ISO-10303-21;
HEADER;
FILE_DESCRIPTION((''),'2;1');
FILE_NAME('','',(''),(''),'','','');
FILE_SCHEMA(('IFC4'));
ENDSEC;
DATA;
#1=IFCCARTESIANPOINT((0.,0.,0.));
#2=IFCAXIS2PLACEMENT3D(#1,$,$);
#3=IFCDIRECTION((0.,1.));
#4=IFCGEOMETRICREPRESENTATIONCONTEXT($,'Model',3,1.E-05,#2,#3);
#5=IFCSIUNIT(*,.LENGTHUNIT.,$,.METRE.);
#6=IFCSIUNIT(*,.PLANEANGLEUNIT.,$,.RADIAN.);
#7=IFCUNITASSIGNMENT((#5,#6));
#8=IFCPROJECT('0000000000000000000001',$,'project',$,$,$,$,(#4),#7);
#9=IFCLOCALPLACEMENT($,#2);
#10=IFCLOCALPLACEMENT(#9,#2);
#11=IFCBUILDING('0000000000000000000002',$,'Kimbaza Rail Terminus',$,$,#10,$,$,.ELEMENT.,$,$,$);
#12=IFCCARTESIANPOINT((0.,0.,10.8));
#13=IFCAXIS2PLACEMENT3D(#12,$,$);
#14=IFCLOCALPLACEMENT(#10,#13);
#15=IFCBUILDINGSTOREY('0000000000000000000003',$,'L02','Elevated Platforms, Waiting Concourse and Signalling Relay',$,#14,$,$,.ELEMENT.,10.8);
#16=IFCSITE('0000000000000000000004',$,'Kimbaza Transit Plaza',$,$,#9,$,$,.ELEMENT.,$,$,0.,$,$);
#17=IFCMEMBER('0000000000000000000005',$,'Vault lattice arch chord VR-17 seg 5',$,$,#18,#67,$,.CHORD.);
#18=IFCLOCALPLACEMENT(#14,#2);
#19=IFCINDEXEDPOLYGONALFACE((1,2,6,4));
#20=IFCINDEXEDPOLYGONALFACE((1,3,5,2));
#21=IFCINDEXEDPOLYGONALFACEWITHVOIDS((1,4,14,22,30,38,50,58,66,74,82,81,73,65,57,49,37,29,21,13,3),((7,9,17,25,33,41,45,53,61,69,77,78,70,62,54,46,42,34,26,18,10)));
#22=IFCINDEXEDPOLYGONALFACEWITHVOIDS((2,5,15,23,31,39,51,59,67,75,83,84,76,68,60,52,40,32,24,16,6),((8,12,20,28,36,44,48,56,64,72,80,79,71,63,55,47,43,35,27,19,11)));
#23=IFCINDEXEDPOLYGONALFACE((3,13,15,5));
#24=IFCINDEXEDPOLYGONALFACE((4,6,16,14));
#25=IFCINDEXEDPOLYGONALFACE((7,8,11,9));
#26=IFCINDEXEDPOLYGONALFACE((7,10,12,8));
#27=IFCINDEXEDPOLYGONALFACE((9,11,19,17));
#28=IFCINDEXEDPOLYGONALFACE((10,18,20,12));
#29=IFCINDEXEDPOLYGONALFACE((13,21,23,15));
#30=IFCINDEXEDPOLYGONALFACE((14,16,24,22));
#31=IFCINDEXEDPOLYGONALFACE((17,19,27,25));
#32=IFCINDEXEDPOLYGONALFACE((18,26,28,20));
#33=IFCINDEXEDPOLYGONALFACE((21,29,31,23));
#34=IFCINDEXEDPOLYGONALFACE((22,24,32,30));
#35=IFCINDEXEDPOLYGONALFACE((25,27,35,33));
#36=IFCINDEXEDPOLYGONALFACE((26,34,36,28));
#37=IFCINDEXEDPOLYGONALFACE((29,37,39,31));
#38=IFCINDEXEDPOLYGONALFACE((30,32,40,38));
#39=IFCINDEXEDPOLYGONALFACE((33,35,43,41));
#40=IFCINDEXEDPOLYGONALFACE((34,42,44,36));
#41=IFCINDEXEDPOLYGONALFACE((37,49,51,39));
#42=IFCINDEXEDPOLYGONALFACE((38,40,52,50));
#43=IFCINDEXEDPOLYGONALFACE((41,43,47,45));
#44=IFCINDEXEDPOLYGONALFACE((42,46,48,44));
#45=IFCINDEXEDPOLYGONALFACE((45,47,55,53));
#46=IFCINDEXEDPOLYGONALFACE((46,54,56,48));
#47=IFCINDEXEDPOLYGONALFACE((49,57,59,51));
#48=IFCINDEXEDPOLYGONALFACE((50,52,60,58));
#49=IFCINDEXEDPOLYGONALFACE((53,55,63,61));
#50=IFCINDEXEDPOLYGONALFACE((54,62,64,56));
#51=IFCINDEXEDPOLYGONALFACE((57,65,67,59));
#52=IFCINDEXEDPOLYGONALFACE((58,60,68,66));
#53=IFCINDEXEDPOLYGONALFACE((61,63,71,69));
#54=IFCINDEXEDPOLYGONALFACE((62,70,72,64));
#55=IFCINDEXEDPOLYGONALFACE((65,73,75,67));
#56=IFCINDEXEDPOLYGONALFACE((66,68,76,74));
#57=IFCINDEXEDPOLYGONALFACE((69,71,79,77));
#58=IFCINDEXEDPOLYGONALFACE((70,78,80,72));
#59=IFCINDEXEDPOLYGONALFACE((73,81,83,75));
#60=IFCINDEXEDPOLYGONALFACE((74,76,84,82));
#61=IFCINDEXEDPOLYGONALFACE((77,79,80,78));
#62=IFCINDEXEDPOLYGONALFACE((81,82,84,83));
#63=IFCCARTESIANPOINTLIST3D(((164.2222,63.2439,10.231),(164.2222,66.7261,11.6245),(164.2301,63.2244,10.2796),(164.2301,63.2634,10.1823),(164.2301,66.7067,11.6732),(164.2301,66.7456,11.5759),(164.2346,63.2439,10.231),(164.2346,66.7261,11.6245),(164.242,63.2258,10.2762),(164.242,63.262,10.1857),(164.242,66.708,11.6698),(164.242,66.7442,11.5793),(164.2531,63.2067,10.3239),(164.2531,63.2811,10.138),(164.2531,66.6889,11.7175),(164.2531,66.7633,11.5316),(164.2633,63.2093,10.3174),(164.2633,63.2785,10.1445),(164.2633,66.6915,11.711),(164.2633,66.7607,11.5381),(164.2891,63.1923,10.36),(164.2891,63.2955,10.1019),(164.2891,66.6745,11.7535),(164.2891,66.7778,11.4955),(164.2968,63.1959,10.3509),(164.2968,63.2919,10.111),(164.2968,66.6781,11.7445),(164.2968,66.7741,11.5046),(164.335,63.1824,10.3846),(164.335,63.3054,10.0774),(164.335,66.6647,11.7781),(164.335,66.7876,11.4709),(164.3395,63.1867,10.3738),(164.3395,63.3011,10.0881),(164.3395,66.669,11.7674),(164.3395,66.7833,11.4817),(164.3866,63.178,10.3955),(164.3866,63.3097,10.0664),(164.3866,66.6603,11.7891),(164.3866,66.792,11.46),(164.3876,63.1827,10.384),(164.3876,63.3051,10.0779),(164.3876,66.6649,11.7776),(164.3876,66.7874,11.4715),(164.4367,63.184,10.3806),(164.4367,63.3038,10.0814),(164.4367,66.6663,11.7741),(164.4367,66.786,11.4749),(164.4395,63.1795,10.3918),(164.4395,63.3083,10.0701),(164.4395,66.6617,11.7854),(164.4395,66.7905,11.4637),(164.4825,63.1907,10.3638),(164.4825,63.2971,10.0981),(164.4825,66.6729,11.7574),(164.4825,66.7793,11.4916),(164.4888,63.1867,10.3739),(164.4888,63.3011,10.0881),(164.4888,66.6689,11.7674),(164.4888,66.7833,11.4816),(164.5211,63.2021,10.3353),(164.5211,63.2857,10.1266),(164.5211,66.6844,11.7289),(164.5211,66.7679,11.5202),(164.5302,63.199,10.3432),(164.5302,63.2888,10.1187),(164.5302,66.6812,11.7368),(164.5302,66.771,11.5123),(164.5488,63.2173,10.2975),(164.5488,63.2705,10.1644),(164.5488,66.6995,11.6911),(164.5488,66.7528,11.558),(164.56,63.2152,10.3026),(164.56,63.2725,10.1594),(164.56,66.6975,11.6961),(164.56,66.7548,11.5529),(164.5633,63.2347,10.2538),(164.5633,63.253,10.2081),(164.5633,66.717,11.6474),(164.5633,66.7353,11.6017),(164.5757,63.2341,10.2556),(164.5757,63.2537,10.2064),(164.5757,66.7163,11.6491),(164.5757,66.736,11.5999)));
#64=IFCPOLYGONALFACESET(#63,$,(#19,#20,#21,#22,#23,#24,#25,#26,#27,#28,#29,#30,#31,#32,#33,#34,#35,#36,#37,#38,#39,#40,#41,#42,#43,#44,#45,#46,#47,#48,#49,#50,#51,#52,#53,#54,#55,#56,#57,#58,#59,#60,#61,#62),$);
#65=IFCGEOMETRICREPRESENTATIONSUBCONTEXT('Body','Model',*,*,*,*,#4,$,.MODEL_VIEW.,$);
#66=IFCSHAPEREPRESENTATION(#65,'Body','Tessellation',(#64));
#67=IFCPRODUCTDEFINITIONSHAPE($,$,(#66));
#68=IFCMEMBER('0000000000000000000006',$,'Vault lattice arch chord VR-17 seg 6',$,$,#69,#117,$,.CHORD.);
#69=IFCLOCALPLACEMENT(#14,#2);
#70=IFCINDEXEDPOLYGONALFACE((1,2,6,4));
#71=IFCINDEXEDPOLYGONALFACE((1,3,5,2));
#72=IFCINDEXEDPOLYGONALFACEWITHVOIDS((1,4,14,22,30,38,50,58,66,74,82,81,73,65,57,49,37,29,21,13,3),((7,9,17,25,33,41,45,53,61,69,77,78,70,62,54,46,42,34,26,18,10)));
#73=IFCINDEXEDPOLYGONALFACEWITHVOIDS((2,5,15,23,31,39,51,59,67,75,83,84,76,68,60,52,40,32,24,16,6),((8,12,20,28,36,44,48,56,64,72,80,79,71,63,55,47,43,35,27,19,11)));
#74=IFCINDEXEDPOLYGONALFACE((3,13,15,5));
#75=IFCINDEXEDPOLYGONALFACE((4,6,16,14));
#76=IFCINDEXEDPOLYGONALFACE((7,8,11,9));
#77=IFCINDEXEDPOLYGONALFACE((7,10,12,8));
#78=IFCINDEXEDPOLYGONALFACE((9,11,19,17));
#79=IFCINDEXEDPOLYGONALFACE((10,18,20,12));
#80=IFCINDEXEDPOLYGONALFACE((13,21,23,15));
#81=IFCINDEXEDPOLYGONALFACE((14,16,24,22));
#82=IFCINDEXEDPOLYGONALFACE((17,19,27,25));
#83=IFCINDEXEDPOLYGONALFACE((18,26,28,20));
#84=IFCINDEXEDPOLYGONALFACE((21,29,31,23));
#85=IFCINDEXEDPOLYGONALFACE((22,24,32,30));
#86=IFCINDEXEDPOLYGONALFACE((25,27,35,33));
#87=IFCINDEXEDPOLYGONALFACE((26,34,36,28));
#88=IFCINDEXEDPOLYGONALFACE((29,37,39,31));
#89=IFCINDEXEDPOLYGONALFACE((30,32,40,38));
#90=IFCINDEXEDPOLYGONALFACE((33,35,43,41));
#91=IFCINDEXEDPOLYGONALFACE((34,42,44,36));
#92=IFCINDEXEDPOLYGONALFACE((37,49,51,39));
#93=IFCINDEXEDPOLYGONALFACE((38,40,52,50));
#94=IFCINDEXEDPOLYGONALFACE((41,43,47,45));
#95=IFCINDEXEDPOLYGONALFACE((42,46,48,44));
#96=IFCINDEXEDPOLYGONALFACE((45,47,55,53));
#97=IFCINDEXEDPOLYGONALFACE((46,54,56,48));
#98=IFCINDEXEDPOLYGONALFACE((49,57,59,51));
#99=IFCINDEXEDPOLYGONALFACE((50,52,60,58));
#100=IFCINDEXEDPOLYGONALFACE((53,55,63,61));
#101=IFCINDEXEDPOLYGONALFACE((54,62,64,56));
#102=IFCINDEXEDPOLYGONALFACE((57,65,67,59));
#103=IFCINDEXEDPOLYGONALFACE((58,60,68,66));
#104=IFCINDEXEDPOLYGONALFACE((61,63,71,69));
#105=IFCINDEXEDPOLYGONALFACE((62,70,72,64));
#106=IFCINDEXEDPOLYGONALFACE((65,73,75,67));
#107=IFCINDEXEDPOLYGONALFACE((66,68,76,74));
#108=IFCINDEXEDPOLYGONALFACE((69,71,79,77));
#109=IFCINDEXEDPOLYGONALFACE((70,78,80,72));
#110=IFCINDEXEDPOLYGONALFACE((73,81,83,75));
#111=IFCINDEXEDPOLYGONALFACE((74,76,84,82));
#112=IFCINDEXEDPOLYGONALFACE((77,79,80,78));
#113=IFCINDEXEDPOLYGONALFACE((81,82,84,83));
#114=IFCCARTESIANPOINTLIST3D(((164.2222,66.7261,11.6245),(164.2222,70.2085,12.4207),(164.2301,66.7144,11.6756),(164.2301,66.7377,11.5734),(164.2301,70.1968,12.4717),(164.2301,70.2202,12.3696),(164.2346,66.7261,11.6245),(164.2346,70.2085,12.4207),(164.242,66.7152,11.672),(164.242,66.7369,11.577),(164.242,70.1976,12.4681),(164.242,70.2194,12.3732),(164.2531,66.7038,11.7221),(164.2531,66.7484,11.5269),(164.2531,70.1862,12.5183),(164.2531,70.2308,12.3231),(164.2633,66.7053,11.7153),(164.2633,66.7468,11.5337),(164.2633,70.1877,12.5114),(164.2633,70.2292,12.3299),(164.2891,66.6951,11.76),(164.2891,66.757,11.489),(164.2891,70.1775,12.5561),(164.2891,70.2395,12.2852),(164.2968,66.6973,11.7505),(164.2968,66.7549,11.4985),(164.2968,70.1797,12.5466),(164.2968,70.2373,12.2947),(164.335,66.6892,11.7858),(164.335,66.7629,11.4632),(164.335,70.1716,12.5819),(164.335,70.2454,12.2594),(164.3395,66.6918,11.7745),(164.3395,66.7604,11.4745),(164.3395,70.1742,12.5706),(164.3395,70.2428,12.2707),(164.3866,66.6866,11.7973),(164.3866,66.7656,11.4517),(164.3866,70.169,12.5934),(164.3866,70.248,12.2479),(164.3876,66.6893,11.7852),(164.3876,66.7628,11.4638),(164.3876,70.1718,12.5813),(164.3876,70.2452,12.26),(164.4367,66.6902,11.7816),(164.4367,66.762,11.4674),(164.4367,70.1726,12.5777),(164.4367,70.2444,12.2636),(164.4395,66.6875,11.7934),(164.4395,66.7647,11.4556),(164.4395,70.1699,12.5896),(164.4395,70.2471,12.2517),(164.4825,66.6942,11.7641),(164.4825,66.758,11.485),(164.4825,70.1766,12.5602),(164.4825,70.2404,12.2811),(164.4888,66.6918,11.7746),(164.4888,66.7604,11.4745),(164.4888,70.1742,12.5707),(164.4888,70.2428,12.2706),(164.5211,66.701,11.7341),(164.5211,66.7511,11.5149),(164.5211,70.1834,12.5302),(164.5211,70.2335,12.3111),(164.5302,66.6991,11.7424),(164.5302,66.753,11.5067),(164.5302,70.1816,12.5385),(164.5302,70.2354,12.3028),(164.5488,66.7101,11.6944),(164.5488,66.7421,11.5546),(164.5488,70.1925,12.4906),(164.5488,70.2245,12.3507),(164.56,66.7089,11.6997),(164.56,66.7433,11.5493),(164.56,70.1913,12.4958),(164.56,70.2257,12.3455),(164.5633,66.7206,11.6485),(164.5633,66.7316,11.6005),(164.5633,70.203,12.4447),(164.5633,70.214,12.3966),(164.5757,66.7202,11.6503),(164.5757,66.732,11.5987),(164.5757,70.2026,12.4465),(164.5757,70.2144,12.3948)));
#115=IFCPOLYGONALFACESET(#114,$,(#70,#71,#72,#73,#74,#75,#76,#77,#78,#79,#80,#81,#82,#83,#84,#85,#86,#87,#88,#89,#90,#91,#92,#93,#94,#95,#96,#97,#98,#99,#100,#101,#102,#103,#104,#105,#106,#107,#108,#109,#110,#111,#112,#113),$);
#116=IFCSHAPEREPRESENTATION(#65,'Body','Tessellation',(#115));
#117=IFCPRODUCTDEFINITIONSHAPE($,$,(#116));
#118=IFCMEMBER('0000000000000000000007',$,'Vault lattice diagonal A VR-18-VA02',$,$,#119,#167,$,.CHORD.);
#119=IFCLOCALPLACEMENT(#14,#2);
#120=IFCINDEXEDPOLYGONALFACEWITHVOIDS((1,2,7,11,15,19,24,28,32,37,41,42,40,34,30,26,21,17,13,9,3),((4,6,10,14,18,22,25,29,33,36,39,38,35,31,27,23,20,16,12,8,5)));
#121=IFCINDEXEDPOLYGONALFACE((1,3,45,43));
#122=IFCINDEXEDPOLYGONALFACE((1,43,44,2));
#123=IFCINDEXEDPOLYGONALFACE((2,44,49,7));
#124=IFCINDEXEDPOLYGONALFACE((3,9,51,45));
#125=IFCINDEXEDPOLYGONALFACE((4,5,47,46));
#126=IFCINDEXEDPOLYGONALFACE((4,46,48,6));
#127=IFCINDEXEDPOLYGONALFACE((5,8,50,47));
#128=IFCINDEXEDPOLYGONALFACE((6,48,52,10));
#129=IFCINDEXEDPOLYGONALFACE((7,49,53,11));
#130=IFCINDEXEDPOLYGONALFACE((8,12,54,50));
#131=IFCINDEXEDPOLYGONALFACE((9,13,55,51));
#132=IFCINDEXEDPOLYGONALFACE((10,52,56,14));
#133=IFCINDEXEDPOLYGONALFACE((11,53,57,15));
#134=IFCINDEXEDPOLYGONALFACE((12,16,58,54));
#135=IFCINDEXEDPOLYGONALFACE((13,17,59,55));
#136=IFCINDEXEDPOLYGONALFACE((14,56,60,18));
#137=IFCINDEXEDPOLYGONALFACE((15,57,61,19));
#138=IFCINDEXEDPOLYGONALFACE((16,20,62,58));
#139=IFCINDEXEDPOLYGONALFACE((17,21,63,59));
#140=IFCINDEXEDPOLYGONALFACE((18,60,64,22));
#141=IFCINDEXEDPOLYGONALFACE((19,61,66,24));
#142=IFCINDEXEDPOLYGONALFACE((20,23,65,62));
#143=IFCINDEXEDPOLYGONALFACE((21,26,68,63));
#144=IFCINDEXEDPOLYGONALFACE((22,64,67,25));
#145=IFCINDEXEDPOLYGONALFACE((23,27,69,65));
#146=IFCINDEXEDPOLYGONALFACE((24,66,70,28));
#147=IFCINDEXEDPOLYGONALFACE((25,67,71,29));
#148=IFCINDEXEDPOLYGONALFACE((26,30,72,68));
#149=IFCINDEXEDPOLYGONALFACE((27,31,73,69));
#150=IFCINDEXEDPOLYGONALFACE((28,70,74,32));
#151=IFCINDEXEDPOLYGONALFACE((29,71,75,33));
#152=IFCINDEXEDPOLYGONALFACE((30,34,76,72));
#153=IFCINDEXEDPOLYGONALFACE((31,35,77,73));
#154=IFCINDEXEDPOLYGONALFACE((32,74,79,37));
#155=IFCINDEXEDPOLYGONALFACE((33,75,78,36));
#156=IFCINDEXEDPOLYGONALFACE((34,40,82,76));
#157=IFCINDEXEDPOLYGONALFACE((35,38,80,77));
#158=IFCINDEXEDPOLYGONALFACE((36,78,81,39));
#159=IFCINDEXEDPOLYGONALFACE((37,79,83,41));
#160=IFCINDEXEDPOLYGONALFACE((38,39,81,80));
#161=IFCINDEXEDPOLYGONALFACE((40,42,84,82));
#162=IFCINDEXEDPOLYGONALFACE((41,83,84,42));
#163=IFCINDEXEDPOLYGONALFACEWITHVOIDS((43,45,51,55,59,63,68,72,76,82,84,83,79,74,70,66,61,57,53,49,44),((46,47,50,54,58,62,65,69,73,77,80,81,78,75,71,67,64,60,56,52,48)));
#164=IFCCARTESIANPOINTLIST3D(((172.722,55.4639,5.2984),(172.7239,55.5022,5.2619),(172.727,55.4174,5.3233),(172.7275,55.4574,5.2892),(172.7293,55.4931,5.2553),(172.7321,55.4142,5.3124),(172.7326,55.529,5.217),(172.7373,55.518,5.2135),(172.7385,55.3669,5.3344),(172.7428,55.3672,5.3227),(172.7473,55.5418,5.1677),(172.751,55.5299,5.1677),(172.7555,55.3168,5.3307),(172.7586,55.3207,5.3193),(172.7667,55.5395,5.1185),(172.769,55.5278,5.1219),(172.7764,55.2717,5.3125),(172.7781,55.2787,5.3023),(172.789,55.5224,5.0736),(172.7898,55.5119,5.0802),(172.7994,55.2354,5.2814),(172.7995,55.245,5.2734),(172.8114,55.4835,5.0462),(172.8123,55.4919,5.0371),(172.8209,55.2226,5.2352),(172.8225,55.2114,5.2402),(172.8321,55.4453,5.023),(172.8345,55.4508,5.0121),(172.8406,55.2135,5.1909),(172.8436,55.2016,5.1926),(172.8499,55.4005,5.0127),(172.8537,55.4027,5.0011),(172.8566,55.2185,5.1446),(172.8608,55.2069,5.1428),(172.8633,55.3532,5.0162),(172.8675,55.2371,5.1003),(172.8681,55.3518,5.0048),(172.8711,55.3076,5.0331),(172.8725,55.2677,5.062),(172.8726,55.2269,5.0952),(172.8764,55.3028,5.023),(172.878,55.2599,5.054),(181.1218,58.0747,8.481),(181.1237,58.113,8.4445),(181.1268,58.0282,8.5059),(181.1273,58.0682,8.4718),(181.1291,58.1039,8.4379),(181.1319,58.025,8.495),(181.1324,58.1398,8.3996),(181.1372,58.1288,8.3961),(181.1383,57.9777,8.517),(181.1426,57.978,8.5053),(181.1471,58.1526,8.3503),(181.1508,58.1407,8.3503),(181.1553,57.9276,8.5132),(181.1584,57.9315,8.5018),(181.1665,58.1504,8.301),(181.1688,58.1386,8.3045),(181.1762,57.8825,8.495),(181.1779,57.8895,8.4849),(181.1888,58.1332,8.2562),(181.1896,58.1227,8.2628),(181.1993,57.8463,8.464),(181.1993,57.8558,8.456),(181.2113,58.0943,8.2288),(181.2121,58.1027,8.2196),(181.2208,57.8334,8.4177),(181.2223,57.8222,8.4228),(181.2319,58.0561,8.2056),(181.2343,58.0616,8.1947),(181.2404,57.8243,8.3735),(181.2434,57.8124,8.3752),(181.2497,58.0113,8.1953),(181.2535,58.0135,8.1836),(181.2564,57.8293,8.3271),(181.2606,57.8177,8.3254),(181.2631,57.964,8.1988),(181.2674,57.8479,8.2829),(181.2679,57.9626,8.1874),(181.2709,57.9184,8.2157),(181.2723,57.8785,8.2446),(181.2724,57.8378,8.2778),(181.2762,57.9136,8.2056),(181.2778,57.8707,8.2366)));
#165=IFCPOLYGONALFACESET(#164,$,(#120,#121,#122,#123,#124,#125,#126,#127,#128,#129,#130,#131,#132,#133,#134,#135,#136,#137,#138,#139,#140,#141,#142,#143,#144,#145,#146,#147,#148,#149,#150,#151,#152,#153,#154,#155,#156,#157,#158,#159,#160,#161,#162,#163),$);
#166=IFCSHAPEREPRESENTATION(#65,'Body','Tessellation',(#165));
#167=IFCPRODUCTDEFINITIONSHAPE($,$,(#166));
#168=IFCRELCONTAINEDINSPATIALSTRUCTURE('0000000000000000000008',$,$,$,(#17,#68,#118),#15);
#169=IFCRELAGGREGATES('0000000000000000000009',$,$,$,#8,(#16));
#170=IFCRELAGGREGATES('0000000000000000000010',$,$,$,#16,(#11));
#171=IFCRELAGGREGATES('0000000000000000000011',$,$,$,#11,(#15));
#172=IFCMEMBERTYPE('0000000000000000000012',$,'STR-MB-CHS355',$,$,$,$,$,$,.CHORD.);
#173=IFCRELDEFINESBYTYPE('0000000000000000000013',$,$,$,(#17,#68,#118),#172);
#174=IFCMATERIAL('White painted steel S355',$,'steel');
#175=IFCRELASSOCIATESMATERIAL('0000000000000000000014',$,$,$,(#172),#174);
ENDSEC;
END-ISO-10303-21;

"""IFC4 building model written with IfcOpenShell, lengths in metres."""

from ifc_helpers import new_model, si_unit, direction, frame, origin, origin_2d, place, context, subcontext, project, spatial, hollow_circle, extrude, material, material_profile, profile_set, type_object, element, save


model = new_model("IFC4")

# Units and contexts
model_context = context("Model", 3, precision=1e-05, world=origin(), true_north=direction((0.0, 1.0)))
body_context = subcontext(model_context, "Body", "Model", "MODEL_VIEW")
ifc_project = project(units=[si_unit("LENGTHUNIT", "METRE"), si_unit("PLANEANGLEUNIT", "RADIAN")], contexts=[model_context])

# Site, building, storey
site_placement = place(None, origin())
site = spatial("IfcSite", under=ifc_project, at=site_placement, Name="Kimbaza Transit Plaza", CompositionType="ELEMENT", RefElevation=0.0)
building_placement = place(site_placement, origin())
building = spatial("IfcBuilding", under=site, at=building_placement, Name="Kimbaza Rail Terminus", CompositionType="ELEMENT")
storey_placement = place(building_placement, frame((0.0, 0.0, 10.8)))
storey = spatial("IfcBuildingStorey", under=building, at=storey_placement, Name="L02", Description="Elevated Platforms, Waiting Concourse and Signalling Relay", CompositionType="ELEMENT", Elevation=10.8)

# Members
ifc_material_1 = material(Name="White painted steel S355", Category="steel")
ifc_material_profile_1 = material_profile(ifc_material_1, hollow_circle(Radius=0.1777, WallThickness=0.0125, at=origin_2d()), Name="CHS 355.6x12.5")
ifc_profile_set_1 = profile_set([ifc_material_profile_1], Name="White painted steel S355")
member_type_1 = type_object("IfcMemberType", Name="STR-MB-CHS355", PredefinedType="CHORD", material=ifc_profile_set_1)
member_1_placement = place(storey_placement, frame((164.3999, 63.2439, 10.231), z_axis=(0.0, 0.928414, 0.371548), x_axis=(-1.0, 0.0, 0.0)))
element("IfcMember", 1, at=member_1_placement, inside=storey, type_object=member_type_1, Name="Vault lattice arch chord VR-17 seg 5", PredefinedType="CHORD", context=body_context, shape_type="SweptSolid", body=[
    extrude(hollow_circle(Radius=0.1777, WallThickness=0.0125, at=origin_2d()), origin(), (0.0, 0.0, 1.0), 3.7507),
])
member_2_placement = place(storey_placement, frame((164.3999, 66.7261, 11.6245), z_axis=(0.0, 0.974849, 0.222867), x_axis=(-1.0, 0.0, 0.0)))
element("IfcMember", 2, at=member_2_placement, inside=storey, type_object=member_type_1, Name="Vault lattice arch chord VR-17 seg 6", PredefinedType="CHORD", context=body_context, shape_type="SweptSolid", body=[
    extrude(hollow_circle(Radius=0.1777, WallThickness=0.0125, at=origin_2d()), origin(), (0.0, 0.0, 1.0), 3.5723),
])
member_3_placement = place(storey_placement, frame((172.8, 55.3721, 5.1677), z_axis=(0.897967, 0.279104, 0.340229), x_axis=(-0.296811, 0.954936, 0.0)))
element("IfcMember", 3, at=member_3_placement, inside=storey, type_object=member_type_1, Name="Vault lattice diagonal A VR-18-VA02", PredefinedType="CHORD", context=body_context, shape_type="SweptSolid", body=[
    extrude(hollow_circle(Radius=0.1777, WallThickness=0.0125, at=origin_2d()), origin(), (0.0, 0.0, 1.0), 9.3542),
])

save(model, "model.ifc")
